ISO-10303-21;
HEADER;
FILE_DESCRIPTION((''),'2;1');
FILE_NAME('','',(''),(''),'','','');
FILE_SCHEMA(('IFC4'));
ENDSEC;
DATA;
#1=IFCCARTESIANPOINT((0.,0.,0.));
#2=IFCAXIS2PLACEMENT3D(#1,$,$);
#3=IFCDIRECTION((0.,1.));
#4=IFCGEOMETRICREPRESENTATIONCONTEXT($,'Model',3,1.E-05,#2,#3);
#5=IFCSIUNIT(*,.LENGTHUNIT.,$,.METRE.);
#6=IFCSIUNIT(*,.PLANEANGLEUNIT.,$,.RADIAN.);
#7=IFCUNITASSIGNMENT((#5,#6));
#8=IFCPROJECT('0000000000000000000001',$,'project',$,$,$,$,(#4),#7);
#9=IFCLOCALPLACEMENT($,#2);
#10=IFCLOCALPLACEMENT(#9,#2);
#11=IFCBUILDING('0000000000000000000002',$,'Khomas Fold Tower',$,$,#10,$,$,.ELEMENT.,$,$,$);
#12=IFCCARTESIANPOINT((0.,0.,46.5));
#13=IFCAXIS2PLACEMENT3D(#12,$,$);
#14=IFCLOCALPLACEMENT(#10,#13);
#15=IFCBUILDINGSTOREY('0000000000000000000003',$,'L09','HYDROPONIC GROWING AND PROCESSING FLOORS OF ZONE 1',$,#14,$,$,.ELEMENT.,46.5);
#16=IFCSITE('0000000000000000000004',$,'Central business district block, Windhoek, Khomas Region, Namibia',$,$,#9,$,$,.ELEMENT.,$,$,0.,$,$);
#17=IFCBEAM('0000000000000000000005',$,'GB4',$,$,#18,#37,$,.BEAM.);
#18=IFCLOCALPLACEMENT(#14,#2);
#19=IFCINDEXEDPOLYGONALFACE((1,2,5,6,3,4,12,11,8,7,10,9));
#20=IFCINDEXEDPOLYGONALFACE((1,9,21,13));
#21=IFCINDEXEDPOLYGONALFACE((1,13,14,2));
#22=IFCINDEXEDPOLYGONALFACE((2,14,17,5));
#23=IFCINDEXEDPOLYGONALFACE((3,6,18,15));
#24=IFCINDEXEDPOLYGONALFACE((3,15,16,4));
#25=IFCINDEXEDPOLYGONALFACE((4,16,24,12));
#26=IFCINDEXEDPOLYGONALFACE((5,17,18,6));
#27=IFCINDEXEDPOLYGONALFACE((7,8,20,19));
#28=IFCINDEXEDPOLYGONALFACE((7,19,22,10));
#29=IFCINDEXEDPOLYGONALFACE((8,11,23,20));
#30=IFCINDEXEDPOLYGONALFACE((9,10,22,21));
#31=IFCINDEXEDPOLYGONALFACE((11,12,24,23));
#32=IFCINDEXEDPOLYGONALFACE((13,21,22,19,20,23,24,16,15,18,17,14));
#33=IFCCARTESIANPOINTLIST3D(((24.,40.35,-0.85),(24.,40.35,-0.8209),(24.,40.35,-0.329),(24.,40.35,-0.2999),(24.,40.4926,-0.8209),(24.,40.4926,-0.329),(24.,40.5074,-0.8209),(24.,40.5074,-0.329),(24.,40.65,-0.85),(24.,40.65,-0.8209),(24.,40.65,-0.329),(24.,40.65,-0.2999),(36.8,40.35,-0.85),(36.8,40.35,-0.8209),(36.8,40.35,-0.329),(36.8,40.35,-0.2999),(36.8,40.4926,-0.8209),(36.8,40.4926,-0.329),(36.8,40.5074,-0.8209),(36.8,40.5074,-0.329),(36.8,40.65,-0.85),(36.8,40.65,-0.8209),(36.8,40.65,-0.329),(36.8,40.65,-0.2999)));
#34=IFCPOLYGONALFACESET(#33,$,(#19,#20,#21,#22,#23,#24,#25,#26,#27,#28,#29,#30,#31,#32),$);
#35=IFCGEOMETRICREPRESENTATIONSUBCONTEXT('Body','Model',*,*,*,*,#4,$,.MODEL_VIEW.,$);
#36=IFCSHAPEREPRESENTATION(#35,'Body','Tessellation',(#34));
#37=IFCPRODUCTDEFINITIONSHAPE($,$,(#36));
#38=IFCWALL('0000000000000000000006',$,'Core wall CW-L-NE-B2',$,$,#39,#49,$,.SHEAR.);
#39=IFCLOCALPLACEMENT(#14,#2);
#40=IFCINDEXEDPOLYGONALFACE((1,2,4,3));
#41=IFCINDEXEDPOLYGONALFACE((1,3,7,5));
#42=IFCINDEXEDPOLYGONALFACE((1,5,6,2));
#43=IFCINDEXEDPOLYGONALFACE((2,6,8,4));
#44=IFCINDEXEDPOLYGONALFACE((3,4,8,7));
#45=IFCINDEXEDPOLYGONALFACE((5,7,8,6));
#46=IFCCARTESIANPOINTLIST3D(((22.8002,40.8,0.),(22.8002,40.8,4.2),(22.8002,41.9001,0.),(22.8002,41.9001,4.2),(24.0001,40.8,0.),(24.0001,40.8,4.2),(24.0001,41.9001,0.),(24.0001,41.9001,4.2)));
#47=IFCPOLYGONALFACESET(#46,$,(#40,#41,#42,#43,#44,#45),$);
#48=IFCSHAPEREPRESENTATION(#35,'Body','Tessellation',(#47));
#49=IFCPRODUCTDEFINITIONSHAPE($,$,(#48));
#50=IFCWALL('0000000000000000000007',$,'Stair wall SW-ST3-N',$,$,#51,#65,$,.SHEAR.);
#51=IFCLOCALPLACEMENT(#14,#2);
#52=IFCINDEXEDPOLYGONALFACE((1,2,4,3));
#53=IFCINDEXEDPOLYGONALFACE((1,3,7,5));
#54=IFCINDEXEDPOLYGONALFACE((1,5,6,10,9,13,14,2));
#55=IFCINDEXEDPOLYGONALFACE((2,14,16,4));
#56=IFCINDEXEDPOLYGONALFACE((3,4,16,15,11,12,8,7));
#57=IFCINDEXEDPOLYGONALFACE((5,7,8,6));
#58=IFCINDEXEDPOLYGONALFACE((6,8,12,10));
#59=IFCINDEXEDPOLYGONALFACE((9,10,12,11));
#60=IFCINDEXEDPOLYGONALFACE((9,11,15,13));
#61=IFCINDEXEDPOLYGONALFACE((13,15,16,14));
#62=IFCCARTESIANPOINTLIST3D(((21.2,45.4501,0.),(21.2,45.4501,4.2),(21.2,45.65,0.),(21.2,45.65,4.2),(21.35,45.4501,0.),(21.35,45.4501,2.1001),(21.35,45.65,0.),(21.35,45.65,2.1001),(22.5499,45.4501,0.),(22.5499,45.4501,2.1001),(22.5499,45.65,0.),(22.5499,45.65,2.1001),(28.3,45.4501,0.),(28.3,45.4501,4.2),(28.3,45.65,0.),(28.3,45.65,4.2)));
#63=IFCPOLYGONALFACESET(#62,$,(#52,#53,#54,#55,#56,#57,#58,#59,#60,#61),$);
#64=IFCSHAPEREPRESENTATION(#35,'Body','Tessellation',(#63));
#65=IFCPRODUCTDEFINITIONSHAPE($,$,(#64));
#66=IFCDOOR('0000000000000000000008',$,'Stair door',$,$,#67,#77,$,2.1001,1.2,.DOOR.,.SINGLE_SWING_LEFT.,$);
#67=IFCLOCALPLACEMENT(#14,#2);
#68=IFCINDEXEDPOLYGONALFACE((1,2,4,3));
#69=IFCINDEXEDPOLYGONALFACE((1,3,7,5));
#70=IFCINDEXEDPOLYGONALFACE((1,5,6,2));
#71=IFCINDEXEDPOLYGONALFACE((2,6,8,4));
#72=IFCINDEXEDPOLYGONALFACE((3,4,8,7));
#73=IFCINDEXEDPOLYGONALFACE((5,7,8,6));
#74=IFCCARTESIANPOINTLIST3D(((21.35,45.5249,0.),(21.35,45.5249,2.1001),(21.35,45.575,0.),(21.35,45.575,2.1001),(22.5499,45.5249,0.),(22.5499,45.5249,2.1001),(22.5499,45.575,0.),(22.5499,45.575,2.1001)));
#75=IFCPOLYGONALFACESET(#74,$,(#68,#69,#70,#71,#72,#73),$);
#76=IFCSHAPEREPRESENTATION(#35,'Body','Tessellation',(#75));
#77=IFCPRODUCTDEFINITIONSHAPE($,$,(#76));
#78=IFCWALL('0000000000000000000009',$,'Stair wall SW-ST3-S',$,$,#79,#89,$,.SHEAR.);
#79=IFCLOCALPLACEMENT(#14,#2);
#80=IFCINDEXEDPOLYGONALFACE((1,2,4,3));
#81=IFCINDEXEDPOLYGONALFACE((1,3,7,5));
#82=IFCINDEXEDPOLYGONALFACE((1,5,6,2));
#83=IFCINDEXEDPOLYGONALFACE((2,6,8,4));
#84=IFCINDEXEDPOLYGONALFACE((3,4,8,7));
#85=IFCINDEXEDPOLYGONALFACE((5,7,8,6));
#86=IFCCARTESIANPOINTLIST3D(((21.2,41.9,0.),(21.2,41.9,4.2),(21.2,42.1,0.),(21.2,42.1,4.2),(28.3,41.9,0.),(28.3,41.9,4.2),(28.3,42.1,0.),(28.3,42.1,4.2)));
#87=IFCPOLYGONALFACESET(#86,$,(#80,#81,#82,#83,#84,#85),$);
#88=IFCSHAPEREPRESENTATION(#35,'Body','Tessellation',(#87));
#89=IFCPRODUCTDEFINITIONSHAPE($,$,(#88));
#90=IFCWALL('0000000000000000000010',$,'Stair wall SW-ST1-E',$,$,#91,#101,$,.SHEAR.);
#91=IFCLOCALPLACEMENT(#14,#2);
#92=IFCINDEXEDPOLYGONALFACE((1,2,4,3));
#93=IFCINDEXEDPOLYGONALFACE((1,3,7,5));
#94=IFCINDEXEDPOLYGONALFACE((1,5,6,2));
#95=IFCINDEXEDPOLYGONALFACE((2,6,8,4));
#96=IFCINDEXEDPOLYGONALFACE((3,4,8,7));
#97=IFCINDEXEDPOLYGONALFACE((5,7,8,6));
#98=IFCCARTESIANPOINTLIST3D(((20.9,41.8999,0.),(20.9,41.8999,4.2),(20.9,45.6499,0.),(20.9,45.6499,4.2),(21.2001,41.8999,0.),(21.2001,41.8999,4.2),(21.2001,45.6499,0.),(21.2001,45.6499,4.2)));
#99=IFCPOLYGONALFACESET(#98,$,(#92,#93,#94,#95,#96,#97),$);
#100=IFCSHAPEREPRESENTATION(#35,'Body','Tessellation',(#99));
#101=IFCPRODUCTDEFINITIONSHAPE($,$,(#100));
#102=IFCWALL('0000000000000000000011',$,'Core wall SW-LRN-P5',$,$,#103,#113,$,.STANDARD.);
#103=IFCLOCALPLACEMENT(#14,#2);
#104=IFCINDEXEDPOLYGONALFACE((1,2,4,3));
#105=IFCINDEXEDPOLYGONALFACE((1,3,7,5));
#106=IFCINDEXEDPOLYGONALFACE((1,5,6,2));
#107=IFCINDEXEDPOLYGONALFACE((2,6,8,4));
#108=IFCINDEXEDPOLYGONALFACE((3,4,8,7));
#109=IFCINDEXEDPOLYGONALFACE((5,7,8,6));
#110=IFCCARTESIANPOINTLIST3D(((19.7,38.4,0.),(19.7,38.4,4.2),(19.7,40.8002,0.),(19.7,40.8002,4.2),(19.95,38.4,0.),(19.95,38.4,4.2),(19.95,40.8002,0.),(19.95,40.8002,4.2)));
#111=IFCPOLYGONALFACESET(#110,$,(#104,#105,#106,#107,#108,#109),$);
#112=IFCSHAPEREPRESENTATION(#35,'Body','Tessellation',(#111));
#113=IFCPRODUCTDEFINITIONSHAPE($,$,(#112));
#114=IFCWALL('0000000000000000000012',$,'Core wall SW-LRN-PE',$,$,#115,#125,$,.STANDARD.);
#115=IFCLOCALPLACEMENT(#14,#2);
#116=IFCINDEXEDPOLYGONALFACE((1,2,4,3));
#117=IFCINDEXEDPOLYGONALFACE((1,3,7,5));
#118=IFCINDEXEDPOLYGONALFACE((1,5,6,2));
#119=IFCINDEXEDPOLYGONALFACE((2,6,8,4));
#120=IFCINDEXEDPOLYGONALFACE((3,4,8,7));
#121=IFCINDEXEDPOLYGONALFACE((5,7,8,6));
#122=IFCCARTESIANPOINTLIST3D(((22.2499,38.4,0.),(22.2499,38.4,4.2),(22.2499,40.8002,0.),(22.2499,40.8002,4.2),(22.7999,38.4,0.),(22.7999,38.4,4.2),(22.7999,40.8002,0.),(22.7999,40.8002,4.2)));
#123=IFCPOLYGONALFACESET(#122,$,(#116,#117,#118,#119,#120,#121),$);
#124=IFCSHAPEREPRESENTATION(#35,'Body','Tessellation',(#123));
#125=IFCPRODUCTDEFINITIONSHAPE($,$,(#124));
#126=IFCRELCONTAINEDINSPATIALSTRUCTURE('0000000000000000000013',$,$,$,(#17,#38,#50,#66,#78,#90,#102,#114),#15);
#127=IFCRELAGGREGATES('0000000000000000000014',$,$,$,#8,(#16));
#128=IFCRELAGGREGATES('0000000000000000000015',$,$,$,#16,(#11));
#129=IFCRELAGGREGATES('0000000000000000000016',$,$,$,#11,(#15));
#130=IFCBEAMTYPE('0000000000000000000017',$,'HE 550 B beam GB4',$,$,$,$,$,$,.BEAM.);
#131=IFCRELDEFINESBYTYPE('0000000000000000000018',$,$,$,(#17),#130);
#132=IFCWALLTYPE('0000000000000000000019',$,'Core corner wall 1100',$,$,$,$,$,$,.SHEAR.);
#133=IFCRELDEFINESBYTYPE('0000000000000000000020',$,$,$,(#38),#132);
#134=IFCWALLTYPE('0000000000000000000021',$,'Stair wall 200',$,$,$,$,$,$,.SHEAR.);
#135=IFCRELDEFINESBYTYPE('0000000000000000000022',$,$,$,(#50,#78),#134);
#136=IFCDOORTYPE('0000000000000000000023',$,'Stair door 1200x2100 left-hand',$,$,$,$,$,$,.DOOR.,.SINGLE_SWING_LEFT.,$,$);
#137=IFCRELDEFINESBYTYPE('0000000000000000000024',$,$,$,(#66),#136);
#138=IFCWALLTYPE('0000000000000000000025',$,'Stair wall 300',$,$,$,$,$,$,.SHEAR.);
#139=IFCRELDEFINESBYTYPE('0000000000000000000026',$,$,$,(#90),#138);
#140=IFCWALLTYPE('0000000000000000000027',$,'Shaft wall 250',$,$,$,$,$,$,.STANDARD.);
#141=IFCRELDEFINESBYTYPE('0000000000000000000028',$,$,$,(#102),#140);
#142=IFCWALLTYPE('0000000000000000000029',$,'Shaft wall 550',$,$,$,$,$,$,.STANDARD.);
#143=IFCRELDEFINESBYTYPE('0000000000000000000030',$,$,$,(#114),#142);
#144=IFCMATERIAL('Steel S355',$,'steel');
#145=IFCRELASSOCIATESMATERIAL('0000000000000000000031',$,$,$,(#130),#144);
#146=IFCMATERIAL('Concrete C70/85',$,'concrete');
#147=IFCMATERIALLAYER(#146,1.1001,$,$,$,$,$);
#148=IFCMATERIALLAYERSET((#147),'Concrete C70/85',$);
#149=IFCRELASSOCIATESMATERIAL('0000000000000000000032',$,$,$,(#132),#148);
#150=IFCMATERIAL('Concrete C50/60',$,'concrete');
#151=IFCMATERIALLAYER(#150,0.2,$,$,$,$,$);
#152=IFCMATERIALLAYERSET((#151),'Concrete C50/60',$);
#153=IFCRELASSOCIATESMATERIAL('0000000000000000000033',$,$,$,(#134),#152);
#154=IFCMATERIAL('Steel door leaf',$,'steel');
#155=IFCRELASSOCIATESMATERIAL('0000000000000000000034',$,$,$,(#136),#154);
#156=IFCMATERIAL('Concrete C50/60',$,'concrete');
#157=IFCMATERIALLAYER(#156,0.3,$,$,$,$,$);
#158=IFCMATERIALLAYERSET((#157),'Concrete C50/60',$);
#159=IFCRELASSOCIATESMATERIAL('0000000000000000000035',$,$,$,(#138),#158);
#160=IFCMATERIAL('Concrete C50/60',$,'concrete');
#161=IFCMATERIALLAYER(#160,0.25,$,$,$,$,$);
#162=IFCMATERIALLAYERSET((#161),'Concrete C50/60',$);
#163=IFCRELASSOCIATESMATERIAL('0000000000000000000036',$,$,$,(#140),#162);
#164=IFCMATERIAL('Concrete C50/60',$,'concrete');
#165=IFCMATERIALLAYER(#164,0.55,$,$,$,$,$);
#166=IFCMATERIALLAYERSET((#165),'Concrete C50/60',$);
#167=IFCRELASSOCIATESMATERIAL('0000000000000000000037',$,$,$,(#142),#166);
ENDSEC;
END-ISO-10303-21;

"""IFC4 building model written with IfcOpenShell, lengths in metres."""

from ifc_helpers import new_model, si_unit, direction, frame, frame_2d, origin, origin_2d, place, context, subcontext, project, spatial, rectangle, i_section, extrude, source, transform, mapped, material, layer, layer_set, material_profile, profile_set, type_object, element, fill, save


model = new_model("IFC4")

# Units and contexts
model_context = context("Model", 3, precision=1e-05, world=origin(), true_north=direction((0.0, 1.0)))
body_context = subcontext(model_context, "Body", "Model", "MODEL_VIEW")
ifc_project = project(units=[si_unit("LENGTHUNIT", "METRE"), si_unit("PLANEANGLEUNIT", "RADIAN")], contexts=[model_context])

# Site, building, storey
site_placement = place(None, origin())
site = spatial("IfcSite", under=ifc_project, at=site_placement, Name="Central business district block, Windhoek, Khomas Region, Namibia", CompositionType="ELEMENT", RefElevation=0.0)
building_placement = place(site_placement, origin())
building = spatial("IfcBuilding", under=site, at=building_placement, Name="Khomas Fold Tower", CompositionType="ELEMENT")
storey_placement = place(building_placement, frame((0.0, 0.0, 46.5)))
storey = spatial("IfcBuildingStorey", under=building, at=storey_placement, Name="L09", Description="HYDROPONIC GROWING AND PROCESSING FLOORS OF ZONE 1", CompositionType="ELEMENT", Elevation=46.5)

# Beam
ifc_material_1 = material(Name="Steel S355", Category="steel")
ifc_material_profile = material_profile(ifc_material_1, i_section(OverallWidth=0.3, OverallDepth=0.55, WebThickness=0.0149, FlangeThickness=0.0291, at=origin_2d()), Name="HE 550 B")
ifc_profile_set = profile_set([ifc_material_profile], Name="Steel S355")
beam_type = type_object("IfcBeamType", Name="HE 550 B beam GB4", PredefinedType="BEAM", material=ifc_profile_set)
shared_shape_1 = source(origin(), body_context, "Body", "SweptSolid", [
    extrude(i_section(OverallWidth=0.3, OverallDepth=0.55, WebThickness=0.0149, FlangeThickness=0.0291, at=origin_2d()), origin(), (0.0, 0.0, 1.0), 12.8),
])
beam_placement = place(storey_placement, frame((24.0, 40.5, -0.575), z_axis=(1.0, 0.0, 0.0), x_axis=(0.0, 1.0, 0.0)))
element("IfcBeam", 1, at=beam_placement, inside=storey, type_object=beam_type, Name="GB4", PredefinedType="BEAM", context=body_context, shape_type="MappedRepresentation", body=[
    mapped(shared_shape_1, transform((0.0, 0.0, 0.0))),
])

# Wall
ifc_material_2 = material(Name="Concrete C70/85", Category="concrete")
ifc_layer_1 = layer(ifc_material_2, 1.1001)
ifc_layer_set_1 = layer_set([ifc_layer_1], Name="Concrete C70/85")
wall_type_1 = type_object("IfcWallType", Name="Core corner wall 1100", PredefinedType="SHEAR", material=ifc_layer_set_1)
shared_shape_2 = source(origin(), body_context, "Body", "SweptSolid", [
    extrude(rectangle(XDim=1.2, YDim=1.1001, at=frame_2d((0.6001, 0.0))), origin(), (0.0, 0.0, 1.0), 4.2),
])
wall_1_placement = place(storey_placement, frame((22.8, 41.3501, 0.0), z_axis=(0.0, 0.0, 1.0), x_axis=(1.0, 0.0, 0.0)))
element("IfcWall", 2, at=wall_1_placement, inside=storey, type_object=wall_type_1, Name="Core wall CW-L-NE-B2", PredefinedType="SHEAR", context=body_context, shape_type="MappedRepresentation", body=[
    mapped(shared_shape_2, transform((0.0, 0.0, 0.0))),
])

# Wall, opening, door
ifc_material_3 = material(Name="Concrete C50/60", Category="concrete")
ifc_layer_2 = layer(ifc_material_3, 0.2)
ifc_layer_set_2 = layer_set([ifc_layer_2], Name="Concrete C50/60")
wall_type_2 = type_object("IfcWallType", Name="Stair wall 200", PredefinedType="SHEAR", material=ifc_layer_set_2)
shared_shape_3 = source(origin(), body_context, "Body", "SweptSolid", [
    extrude(rectangle(XDim=7.1001, YDim=0.2, at=frame_2d((3.55, 0.0))), origin(), (0.0, 0.0, 1.0), 4.2),
])
wall_2_placement = place(storey_placement, frame((21.2, 45.55, 0.0), z_axis=(0.0, 0.0, 1.0), x_axis=(1.0, 0.0, 0.0)))
wall_2 = element("IfcWall", 3, at=wall_2_placement, inside=storey, type_object=wall_type_2, Name="Stair wall SW-ST3-N", PredefinedType="SHEAR", context=body_context, shape_type="MappedRepresentation", body=[
    mapped(shared_shape_3, transform((0.0, 0.0, 0.0))),
])
shared_shape_4 = source(origin(), body_context, "Body", "SweptSolid", [
    extrude(rectangle(XDim=1.2, YDim=2.1001, at=frame_2d((0.6001, 1.05))), frame((0.0, 0.1099, 0.0), z_axis=(0.0, -1.0, 0.0), x_axis=(1.0, 0.0, 0.0)), (0.0, 0.0, 1.0), 0.22),
])
opening_placement = place(wall_2_placement, frame((0.1499, 0.0, 0.0)))
opening = element("IfcOpeningElement", 4, at=opening_placement, cuts=wall_2, PredefinedType="OPENING", context=body_context, shape_type="MappedRepresentation", body=[
    mapped(shared_shape_4, transform((0.0, 0.0, 0.0))),
])
ifc_material_4 = material(Name="Steel door leaf", Category="steel")
door_type = type_object("IfcDoorType", Name="Stair door 1200x2100 left-hand", OperationType="SINGLE_SWING_LEFT", PredefinedType="DOOR", material=ifc_material_4)
shared_shape_5 = source(origin(), body_context, "Body", "SweptSolid", [
    extrude(rectangle(XDim=1.2, YDim=2.1001, at=frame_2d((0.6001, 1.05))), frame((0.0, 0.0249, 0.0), z_axis=(0.0, -1.0, 0.0), x_axis=(1.0, 0.0, 0.0)), (0.0, 0.0, 1.0), 0.05),
])
door_placement = place(opening_placement, origin())
door = element("IfcDoor", 5, at=door_placement, inside=storey, type_object=door_type, Name="Stair door", OperationType="SINGLE_SWING_LEFT", OverallHeight=2.1001, OverallWidth=1.2, PredefinedType="DOOR", context=body_context, shape_type="MappedRepresentation", body=[
    mapped(shared_shape_5, transform((0.0, 0.0, 0.0))),
])
fill(opening, door)

# Walls
wall_3_placement = place(storey_placement, frame((21.2, 42.0, 0.0), z_axis=(0.0, 0.0, 1.0), x_axis=(1.0, 0.0, 0.0)))
element("IfcWall", 6, at=wall_3_placement, inside=storey, type_object=wall_type_2, Name="Stair wall SW-ST3-S", PredefinedType="SHEAR", context=body_context, shape_type="MappedRepresentation", body=[
    mapped(shared_shape_3, transform((0.0, 0.0, 0.0))),
])
ifc_material_5 = material(Name="Concrete C50/60", Category="concrete")
ifc_layer_3 = layer(ifc_material_5, 0.3)
ifc_layer_set_3 = layer_set([ifc_layer_3], Name="Concrete C50/60")
wall_type_3 = type_object("IfcWallType", Name="Stair wall 300", PredefinedType="SHEAR", material=ifc_layer_set_3)
shared_shape_6 = source(origin(), body_context, "Body", "SweptSolid", [
    extrude(rectangle(XDim=3.75, YDim=0.3, at=frame_2d((1.875, 0.0))), origin(), (0.0, 0.0, 1.0), 4.2),
])
wall_4_placement = place(storey_placement, frame((21.05, 41.8999, 0.0), z_axis=(0.0, 0.0, 1.0), x_axis=(0.0, 1.0, 0.0)))
element("IfcWall", 7, at=wall_4_placement, inside=storey, type_object=wall_type_3, Name="Stair wall SW-ST1-E", PredefinedType="SHEAR", context=body_context, shape_type="MappedRepresentation", body=[
    mapped(shared_shape_6, transform((0.0, 0.0, 0.0))),
])
ifc_material_6 = material(Name="Concrete C50/60", Category="concrete")
ifc_layer_4 = layer(ifc_material_6, 0.25)
ifc_layer_set_4 = layer_set([ifc_layer_4], Name="Concrete C50/60")
wall_type_4 = type_object("IfcWallType", Name="Shaft wall 250", PredefinedType="STANDARD", material=ifc_layer_set_4)
shared_shape_7 = source(origin(), body_context, "Body", "SweptSolid", [
    extrude(rectangle(XDim=2.4001, YDim=0.25, at=frame_2d((1.2002, 0.0))), origin(), (0.0, 0.0, 1.0), 4.2),
])
wall_5_placement = place(storey_placement, frame((19.825, 38.3999, 0.0), z_axis=(0.0, 0.0, 1.0), x_axis=(0.0, 1.0, 0.0)))
element("IfcWall", 8, at=wall_5_placement, inside=storey, type_object=wall_type_4, Name="Core wall SW-LRN-P5", PredefinedType="STANDARD", context=body_context, shape_type="MappedRepresentation", body=[
    mapped(shared_shape_7, transform((0.0, 0.0, 0.0))),
])
ifc_material_7 = material(Name="Concrete C50/60", Category="concrete")
ifc_layer_5 = layer(ifc_material_7, 0.55)
ifc_layer_set_5 = layer_set([ifc_layer_5], Name="Concrete C50/60")
wall_type_5 = type_object("IfcWallType", Name="Shaft wall 550", PredefinedType="STANDARD", material=ifc_layer_set_5)
shared_shape_8 = source(origin(), body_context, "Body", "SweptSolid", [
    extrude(rectangle(XDim=2.4001, YDim=0.55, at=frame_2d((1.2002, 0.0))), origin(), (0.0, 0.0, 1.0), 4.2),
])
wall_6_placement = place(storey_placement, frame((22.5249, 38.3999, 0.0), z_axis=(0.0, 0.0, 1.0), x_axis=(0.0, 1.0, 0.0)))
element("IfcWall", 9, at=wall_6_placement, inside=storey, type_object=wall_type_5, Name="Core wall SW-LRN-PE", PredefinedType="STANDARD", context=body_context, shape_type="MappedRepresentation", body=[
    mapped(shared_shape_8, transform((0.0, 0.0, 0.0))),
])

save(model, "model.ifc")
